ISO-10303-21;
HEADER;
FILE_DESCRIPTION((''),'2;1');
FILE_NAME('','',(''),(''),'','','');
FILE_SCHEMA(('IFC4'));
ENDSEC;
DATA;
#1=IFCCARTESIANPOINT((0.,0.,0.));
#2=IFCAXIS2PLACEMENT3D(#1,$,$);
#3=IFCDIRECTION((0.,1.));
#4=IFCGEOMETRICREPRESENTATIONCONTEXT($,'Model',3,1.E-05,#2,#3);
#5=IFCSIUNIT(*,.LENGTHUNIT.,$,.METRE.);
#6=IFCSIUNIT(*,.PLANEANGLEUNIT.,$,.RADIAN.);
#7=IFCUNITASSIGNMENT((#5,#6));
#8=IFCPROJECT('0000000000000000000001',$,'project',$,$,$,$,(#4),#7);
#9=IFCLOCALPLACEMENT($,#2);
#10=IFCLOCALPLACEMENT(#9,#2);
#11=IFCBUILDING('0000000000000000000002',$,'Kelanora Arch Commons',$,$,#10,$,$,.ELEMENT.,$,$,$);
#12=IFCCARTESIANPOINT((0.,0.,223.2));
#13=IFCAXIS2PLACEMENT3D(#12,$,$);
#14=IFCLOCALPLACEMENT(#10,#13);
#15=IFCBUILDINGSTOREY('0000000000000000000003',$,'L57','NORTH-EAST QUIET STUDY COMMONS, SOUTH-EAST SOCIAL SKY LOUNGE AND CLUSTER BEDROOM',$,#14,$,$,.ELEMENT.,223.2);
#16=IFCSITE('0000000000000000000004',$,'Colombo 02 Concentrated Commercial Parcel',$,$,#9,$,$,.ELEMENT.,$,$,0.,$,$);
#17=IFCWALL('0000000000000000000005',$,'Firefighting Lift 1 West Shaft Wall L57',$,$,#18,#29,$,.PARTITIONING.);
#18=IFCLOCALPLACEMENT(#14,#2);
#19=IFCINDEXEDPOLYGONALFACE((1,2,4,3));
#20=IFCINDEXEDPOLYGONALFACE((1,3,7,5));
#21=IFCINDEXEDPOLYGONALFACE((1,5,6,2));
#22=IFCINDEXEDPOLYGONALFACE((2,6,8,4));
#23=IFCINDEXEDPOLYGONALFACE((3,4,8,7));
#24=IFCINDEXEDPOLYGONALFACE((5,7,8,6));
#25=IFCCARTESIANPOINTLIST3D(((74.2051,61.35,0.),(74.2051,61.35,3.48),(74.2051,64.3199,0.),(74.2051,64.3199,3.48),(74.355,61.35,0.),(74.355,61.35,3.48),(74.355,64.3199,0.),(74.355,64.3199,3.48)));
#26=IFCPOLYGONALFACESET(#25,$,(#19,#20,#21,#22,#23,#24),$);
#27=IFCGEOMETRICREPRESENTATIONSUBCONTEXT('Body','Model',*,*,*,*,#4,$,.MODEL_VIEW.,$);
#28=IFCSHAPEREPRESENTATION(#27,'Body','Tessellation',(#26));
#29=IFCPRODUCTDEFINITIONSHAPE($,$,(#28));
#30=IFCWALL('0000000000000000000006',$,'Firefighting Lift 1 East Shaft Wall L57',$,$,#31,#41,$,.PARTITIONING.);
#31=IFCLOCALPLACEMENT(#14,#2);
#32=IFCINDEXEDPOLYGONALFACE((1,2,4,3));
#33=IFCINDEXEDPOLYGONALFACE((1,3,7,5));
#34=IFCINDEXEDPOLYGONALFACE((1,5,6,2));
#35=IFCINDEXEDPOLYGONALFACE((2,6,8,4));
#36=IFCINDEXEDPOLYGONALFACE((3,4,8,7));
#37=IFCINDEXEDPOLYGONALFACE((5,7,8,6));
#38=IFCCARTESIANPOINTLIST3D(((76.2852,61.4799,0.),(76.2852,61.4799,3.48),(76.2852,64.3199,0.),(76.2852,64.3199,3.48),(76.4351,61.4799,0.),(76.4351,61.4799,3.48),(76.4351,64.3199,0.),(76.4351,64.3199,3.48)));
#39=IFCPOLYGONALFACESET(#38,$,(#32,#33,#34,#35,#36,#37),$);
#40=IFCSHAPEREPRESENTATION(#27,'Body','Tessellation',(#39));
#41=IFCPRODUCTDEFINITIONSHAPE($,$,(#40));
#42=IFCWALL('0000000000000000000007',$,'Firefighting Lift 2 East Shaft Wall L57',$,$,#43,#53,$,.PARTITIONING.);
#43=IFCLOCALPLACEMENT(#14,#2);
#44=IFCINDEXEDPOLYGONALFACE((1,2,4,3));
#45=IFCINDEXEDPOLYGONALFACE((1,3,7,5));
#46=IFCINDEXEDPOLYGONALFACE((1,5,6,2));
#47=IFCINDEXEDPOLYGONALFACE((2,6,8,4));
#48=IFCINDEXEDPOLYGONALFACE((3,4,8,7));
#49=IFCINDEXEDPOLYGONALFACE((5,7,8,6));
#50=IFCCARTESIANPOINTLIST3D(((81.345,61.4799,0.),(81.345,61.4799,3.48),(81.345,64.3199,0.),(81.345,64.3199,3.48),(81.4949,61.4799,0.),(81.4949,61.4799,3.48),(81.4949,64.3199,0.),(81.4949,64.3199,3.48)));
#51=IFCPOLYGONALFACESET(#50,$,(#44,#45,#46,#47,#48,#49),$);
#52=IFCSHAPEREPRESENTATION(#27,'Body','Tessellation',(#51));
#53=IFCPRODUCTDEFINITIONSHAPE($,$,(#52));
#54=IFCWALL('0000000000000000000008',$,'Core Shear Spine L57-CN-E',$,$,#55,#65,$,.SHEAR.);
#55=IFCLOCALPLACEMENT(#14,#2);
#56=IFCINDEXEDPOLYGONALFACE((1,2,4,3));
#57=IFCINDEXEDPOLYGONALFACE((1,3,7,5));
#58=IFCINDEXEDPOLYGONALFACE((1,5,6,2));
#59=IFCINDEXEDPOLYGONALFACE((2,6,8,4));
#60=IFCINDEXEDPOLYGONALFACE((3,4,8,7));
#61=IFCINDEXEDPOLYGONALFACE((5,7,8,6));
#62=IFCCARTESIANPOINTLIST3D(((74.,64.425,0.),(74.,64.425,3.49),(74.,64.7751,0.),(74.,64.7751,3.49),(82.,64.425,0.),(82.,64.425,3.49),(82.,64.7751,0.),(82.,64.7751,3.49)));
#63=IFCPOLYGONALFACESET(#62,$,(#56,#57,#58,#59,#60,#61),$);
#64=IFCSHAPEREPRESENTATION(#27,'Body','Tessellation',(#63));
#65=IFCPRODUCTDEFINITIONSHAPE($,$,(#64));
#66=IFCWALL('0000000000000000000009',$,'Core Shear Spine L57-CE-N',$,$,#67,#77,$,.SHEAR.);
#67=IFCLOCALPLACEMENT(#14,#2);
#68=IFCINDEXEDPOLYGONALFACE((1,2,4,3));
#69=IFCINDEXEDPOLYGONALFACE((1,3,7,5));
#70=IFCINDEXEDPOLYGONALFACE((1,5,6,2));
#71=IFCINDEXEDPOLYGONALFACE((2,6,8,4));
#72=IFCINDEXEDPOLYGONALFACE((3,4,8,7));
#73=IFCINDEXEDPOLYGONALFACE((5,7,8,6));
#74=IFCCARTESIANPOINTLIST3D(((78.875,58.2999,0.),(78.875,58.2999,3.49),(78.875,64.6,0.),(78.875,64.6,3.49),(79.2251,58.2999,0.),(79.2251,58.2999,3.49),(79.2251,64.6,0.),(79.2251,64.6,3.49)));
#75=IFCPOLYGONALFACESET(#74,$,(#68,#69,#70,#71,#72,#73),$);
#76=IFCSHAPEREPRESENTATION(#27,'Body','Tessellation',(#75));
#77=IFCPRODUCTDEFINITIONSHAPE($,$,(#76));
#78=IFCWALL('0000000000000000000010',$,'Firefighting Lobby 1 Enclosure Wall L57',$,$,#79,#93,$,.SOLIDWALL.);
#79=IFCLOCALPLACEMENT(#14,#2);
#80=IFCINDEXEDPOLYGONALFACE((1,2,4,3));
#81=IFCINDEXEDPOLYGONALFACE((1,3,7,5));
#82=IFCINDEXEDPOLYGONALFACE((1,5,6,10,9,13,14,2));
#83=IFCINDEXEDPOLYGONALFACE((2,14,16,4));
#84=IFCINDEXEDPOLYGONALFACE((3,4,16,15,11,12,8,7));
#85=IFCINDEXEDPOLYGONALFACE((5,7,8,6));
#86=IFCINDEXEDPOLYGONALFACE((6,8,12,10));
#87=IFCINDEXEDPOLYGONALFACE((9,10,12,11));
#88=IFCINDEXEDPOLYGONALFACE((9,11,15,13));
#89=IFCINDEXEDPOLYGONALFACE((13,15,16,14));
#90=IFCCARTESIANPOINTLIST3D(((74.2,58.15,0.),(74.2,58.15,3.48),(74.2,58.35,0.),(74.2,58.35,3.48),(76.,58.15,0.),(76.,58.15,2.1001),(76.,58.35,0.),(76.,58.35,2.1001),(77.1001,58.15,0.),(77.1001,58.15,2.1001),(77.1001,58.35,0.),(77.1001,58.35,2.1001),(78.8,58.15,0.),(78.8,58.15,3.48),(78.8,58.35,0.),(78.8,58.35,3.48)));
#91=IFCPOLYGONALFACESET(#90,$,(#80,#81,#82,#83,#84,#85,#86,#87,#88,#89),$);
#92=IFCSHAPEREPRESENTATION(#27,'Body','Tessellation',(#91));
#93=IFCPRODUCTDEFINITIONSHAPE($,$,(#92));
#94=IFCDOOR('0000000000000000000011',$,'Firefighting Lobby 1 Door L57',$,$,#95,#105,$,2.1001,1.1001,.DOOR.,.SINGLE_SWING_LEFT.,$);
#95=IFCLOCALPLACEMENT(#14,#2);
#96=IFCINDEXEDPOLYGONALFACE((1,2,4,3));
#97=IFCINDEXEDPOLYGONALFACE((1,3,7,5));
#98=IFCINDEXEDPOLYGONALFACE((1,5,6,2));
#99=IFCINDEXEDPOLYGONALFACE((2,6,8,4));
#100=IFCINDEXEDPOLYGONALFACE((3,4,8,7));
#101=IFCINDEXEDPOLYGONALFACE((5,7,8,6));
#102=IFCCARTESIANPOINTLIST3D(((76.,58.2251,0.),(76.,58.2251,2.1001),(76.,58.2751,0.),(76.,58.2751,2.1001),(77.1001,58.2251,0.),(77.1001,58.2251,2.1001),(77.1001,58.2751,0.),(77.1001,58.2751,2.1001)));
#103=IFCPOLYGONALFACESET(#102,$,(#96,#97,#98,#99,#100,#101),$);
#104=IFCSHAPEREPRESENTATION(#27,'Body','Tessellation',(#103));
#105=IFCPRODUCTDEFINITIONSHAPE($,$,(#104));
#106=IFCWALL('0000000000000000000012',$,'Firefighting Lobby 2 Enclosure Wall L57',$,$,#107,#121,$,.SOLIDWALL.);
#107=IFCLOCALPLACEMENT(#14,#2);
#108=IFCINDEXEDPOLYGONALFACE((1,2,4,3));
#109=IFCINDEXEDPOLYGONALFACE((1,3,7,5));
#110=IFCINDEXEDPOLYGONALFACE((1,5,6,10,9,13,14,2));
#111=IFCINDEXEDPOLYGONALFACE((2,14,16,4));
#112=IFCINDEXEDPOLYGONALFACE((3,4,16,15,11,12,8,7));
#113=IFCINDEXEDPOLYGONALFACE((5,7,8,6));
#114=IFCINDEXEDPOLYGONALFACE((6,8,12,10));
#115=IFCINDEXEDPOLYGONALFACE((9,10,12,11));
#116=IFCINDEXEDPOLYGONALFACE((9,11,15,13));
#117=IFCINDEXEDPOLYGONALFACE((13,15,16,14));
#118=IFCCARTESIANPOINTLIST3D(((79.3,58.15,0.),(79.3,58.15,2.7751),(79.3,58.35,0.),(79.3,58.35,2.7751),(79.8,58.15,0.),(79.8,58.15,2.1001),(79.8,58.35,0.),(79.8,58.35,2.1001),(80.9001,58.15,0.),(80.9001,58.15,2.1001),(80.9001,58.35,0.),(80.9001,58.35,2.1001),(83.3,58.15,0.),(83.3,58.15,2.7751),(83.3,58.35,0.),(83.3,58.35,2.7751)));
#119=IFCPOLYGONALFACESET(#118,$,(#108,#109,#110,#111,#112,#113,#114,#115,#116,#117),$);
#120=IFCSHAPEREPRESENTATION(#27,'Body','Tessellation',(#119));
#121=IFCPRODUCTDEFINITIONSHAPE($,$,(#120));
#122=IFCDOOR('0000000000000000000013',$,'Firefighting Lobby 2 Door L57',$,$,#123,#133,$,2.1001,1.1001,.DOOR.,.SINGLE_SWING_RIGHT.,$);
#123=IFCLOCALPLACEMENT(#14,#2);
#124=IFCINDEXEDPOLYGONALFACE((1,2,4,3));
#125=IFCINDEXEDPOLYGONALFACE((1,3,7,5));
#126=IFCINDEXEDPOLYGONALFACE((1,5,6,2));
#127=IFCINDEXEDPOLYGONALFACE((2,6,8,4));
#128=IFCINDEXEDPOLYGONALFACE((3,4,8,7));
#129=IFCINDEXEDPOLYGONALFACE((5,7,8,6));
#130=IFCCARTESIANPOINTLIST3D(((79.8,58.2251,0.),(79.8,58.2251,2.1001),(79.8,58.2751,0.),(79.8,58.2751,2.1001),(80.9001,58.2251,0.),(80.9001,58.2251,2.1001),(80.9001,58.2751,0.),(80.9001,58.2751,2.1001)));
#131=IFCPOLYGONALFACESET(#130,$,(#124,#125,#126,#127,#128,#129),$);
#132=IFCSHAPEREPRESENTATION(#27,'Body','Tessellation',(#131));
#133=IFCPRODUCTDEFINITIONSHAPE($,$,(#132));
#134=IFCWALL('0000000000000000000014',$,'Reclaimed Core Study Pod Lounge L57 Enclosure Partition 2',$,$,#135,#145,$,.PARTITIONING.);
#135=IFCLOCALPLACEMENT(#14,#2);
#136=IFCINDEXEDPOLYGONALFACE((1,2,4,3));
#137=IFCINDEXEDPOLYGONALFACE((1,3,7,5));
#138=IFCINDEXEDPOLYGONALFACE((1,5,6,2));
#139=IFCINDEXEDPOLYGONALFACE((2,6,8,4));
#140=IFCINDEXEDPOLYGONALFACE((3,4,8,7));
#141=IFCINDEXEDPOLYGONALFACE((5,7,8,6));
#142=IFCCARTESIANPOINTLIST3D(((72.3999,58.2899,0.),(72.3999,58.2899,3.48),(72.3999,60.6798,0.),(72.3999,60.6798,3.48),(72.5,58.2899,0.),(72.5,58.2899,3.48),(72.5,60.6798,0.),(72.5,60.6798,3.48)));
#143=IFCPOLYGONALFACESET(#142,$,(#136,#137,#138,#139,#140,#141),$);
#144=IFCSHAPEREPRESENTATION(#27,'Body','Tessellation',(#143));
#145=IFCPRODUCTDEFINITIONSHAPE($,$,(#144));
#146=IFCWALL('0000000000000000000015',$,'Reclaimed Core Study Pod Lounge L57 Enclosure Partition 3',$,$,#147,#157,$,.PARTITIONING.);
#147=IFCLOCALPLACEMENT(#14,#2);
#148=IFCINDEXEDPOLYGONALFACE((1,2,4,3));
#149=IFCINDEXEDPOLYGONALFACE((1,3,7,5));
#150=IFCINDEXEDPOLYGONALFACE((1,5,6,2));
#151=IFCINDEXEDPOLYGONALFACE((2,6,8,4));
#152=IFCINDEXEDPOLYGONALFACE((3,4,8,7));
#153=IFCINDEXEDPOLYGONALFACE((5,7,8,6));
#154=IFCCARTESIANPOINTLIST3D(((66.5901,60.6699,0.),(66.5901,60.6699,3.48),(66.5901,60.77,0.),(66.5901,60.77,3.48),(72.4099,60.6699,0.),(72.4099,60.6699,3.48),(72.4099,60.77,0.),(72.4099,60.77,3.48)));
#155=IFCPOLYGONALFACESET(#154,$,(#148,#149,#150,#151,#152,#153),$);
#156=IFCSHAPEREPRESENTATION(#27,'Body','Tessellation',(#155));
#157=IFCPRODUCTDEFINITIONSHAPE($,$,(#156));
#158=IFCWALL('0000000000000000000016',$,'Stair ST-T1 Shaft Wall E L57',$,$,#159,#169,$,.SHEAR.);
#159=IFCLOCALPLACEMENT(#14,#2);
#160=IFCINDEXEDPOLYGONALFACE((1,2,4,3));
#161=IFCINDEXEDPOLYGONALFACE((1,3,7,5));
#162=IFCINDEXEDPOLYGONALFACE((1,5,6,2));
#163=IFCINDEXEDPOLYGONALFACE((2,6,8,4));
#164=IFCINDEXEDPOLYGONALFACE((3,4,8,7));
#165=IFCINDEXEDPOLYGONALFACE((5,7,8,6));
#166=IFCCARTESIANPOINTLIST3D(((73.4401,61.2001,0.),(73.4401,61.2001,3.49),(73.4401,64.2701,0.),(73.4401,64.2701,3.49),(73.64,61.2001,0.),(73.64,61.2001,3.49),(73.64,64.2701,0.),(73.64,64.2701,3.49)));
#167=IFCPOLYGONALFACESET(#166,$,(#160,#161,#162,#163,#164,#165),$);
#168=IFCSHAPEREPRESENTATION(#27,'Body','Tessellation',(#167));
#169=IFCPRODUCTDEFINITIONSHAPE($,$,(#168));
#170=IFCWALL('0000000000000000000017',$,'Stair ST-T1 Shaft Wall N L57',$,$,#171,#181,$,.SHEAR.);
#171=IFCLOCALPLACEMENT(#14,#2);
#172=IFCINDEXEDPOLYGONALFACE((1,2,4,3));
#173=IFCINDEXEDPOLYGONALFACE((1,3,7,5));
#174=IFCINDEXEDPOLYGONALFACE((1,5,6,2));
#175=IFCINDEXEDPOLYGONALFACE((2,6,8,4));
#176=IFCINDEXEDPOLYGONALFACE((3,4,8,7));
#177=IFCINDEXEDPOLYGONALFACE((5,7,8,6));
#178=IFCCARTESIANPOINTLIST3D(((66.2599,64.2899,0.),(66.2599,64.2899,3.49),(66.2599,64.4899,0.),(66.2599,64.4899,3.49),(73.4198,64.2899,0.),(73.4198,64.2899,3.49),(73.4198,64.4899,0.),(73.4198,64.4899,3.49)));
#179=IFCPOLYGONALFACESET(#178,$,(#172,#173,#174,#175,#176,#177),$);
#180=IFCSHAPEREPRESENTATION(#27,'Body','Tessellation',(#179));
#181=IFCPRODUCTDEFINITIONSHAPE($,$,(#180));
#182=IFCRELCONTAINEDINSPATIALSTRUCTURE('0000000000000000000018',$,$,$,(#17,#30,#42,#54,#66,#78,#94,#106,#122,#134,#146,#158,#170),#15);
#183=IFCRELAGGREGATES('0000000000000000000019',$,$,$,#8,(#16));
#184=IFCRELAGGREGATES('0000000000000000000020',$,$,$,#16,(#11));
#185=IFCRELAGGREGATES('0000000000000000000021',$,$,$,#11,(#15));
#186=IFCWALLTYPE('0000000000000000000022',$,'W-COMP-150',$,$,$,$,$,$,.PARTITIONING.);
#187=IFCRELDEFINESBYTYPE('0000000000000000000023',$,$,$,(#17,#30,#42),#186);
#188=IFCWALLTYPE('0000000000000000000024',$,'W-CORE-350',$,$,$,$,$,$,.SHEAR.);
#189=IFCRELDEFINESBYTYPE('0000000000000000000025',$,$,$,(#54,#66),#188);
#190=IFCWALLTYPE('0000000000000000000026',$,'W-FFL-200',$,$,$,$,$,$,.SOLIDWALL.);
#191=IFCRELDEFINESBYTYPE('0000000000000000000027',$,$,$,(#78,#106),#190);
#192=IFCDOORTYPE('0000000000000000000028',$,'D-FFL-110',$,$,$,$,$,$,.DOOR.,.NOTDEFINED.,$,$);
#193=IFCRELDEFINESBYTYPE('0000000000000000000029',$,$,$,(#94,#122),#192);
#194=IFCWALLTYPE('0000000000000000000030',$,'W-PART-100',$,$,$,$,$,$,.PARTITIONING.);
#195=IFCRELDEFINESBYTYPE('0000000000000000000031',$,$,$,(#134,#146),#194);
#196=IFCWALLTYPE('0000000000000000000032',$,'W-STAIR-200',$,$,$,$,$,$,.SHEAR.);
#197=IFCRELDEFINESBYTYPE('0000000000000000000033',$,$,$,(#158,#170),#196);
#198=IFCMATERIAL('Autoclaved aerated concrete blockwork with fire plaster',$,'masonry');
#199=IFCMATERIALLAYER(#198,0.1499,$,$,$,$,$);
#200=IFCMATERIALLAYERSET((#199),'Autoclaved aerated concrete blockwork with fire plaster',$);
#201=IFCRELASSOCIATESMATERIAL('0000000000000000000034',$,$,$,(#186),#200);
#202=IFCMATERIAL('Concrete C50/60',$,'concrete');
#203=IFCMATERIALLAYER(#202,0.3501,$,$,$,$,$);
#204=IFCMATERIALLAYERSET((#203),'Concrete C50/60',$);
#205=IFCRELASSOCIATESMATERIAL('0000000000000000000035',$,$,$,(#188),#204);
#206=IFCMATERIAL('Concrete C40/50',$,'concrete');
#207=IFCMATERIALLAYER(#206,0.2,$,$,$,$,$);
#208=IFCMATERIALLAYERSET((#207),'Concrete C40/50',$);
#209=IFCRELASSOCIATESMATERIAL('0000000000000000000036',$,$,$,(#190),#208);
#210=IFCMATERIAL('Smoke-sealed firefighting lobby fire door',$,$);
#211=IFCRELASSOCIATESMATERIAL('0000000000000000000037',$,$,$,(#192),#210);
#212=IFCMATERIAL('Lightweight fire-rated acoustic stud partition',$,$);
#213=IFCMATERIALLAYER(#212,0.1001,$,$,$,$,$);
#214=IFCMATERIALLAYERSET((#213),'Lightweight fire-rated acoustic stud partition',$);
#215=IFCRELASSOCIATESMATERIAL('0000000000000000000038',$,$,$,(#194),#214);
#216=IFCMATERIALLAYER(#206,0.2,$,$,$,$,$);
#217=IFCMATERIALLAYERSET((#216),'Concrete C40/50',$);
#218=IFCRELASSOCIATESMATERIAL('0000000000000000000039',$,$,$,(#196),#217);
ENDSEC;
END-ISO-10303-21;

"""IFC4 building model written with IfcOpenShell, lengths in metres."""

from ifc_helpers import new_model, si_unit, direction, frame, frame_2d, origin, place, context, subcontext, project, spatial, rectangle, extrude, material, layer, layer_set, type_object, element, fill, save


model = new_model("IFC4")

# Units and contexts
model_context = context("Model", 3, precision=1e-05, world=origin(), true_north=direction((0.0, 1.0)))
body_context = subcontext(model_context, "Body", "Model", "MODEL_VIEW")
ifc_project = project(units=[si_unit("LENGTHUNIT", "METRE"), si_unit("PLANEANGLEUNIT", "RADIAN")], contexts=[model_context])

# Site, building, storey
site_placement = place(None, origin())
site = spatial("IfcSite", under=ifc_project, at=site_placement, Name="Colombo 02 Concentrated Commercial Parcel", CompositionType="ELEMENT", RefElevation=0.0)
building_placement = place(site_placement, origin())
building = spatial("IfcBuilding", under=site, at=building_placement, Name="Kelanora Arch Commons", CompositionType="ELEMENT")
storey_placement = place(building_placement, frame((0.0, 0.0, 223.2)))
storey = spatial("IfcBuildingStorey", under=building, at=storey_placement, Name="L57", Description="NORTH-EAST QUIET STUDY COMMONS, SOUTH-EAST SOCIAL SKY LOUNGE AND CLUSTER BEDROOM", CompositionType="ELEMENT", Elevation=223.2)

# Shared definitions
ifc_material_1 = material(Name="Concrete C50/60", Category="concrete")

# Walls
ifc_material_2 = material(Name="Autoclaved aerated concrete blockwork with fire plaster", Category="masonry")
ifc_layer_1 = layer(ifc_material_2, 0.1499)
ifc_layer_set_1 = layer_set([ifc_layer_1], Name="Autoclaved aerated concrete blockwork with fire plaster")
wall_type_1 = type_object("IfcWallType", Name="W-COMP-150", PredefinedType="PARTITIONING", material=ifc_layer_set_1)
wall_1_placement = place(storey_placement, frame((74.28, 61.3501, 0.0), z_axis=(0.0, 0.0, 1.0), x_axis=(0.0, 1.0, 0.0)))
element("IfcWall", 1, at=wall_1_placement, inside=storey, type_object=wall_type_1, Name="Firefighting Lift 1 West Shaft Wall L57", PredefinedType="PARTITIONING", context=body_context, shape_type="SweptSolid", body=[
    extrude(rectangle(XDim=2.97, YDim=0.1499, at=frame_2d((1.4849, 0.0))), origin(), (0.0, 0.0, 1.0), 3.48),
])
for number, where, z_axis, x_axis, name in (
    (2, (76.3601, 61.48, 0.0), (0.0, 0.0, 1.0), (0.0, 1.0, 0.0), "Firefighting Lift 1 East Shaft Wall L57"),
    (3, (81.4199, 61.48, 0.0), (0.0, 0.0, 1.0), (0.0, 1.0, 0.0), "Firefighting Lift 2 East Shaft Wall L57"),
):
    element("IfcWall", number, at=place(storey_placement, frame(where, z_axis=z_axis, x_axis=x_axis)), inside=storey, type_object=wall_type_1, Name=name, PredefinedType="PARTITIONING", context=body_context, shape_type="SweptSolid", body=[
        extrude(rectangle(XDim=2.8401, YDim=0.1499, at=frame_2d((1.4199, 0.0))), origin(), (0.0, 0.0, 1.0), 3.48),
    ])
ifc_layer_2 = layer(ifc_material_1, 0.3501)
ifc_layer_set_2 = layer_set([ifc_layer_2], Name="Concrete C50/60")
wall_type_2 = type_object("IfcWallType", Name="W-CORE-350", PredefinedType="SHEAR", material=ifc_layer_set_2)
wall_2_placement = place(storey_placement, frame((74.0, 64.6001, 0.0), z_axis=(0.0, 0.0, 1.0), x_axis=(1.0, 0.0, 0.0)))
element("IfcWall", 4, at=wall_2_placement, inside=storey, type_object=wall_type_2, Name="Core Shear Spine L57-CN-E", PredefinedType="SHEAR", context=body_context, shape_type="SweptSolid", body=[
    extrude(rectangle(XDim=8.0, YDim=0.3501, at=frame_2d((4.0, 0.0))), origin(), (0.0, 0.0, 1.0), 3.49),
])
wall_3_placement = place(storey_placement, frame((79.05, 58.3, 0.0), z_axis=(0.0, 0.0, 1.0), x_axis=(0.0, 1.0, 0.0)))
element("IfcWall", 5, at=wall_3_placement, inside=storey, type_object=wall_type_2, Name="Core Shear Spine L57-CE-N", PredefinedType="SHEAR", context=body_context, shape_type="SweptSolid", body=[
    extrude(rectangle(XDim=6.3, YDim=0.3501, at=frame_2d((3.1499, 0.0))), origin(), (0.0, 0.0, 1.0), 3.49),
])

# Walls, openings, doors
ifc_material_3 = material(Name="Concrete C40/50", Category="concrete")
ifc_layer_3 = layer(ifc_material_3, 0.2)
ifc_layer_set_3 = layer_set([ifc_layer_3], Name="Concrete C40/50")
wall_type_3 = type_object("IfcWallType", Name="W-FFL-200", PredefinedType="SOLIDWALL", material=ifc_layer_set_3)
wall_4_placement = place(storey_placement, frame((74.2, 58.25, 0.0), z_axis=(0.0, 0.0, 1.0), x_axis=(1.0, 0.0, 0.0)))
wall_4 = element("IfcWall", 6, at=wall_4_placement, inside=storey, type_object=wall_type_3, Name="Firefighting Lobby 1 Enclosure Wall L57", PredefinedType="SOLIDWALL", context=body_context, shape_type="SweptSolid", body=[
    extrude(rectangle(XDim=4.6001, YDim=0.2, at=frame_2d((2.3, 0.0))), origin(), (0.0, 0.0, 1.0), 3.48),
])
opening_1_placement = place(wall_4_placement, frame((1.8, 0.0, 0.0)))
opening_1 = element("IfcOpeningElement", 7, at=opening_1_placement, cuts=wall_4, PredefinedType="OPENING", context=body_context, shape_type="SweptSolid", body=[
    extrude(rectangle(XDim=1.1001, YDim=2.1001, at=frame_2d((0.55, 1.05))), frame((0.0, 0.1099, 0.0), z_axis=(0.0, -1.0, 0.0), x_axis=(1.0, 0.0, 0.0)), (0.0, 0.0, 1.0), 0.22),
])
ifc_material_4 = material(Name="Smoke-sealed firefighting lobby fire door")
door_type_1 = type_object("IfcDoorType", Name="D-FFL-110", OperationType="NOTDEFINED", PredefinedType="DOOR", material=ifc_material_4)
door_1_placement = place(opening_1_placement, frame((1.1001, 0.0, 0.0), z_axis=(0.0, 0.0, 1.0), x_axis=(-1.0, 0.0, 0.0)))
door_1 = element("IfcDoor", 8, at=door_1_placement, inside=storey, type_object=door_type_1, Name="Firefighting Lobby 1 Door L57", OperationType="SINGLE_SWING_LEFT", OverallHeight=2.1001, OverallWidth=1.1001, PredefinedType="DOOR", context=body_context, shape_type="SweptSolid", body=[
    extrude(rectangle(XDim=1.1001, YDim=2.1001, at=frame_2d((0.55, 1.05))), frame((0.0, 0.0249, 0.0), z_axis=(0.0, -1.0, 0.0), x_axis=(1.0, 0.0, 0.0)), (0.0, 0.0, 1.0), 0.05),
])
fill(opening_1, door_1)
wall_5_placement = place(storey_placement, frame((79.3, 58.25, 0.0), z_axis=(0.0, 0.0, 1.0), x_axis=(1.0, 0.0, 0.0)))
wall_5 = element("IfcWall", 9, at=wall_5_placement, inside=storey, type_object=wall_type_3, Name="Firefighting Lobby 2 Enclosure Wall L57", PredefinedType="SOLIDWALL", context=body_context, shape_type="SweptSolid", body=[
    extrude(rectangle(XDim=4.0, YDim=0.2, at=frame_2d((2.0, 0.0))), origin(), (0.0, 0.0, 1.0), 2.7751),
])
opening_2_placement = place(wall_5_placement, frame((0.5, 0.0, 0.0)))
opening_2 = element("IfcOpeningElement", 10, at=opening_2_placement, cuts=wall_5, PredefinedType="OPENING", context=body_context, shape_type="SweptSolid", body=[
    extrude(rectangle(XDim=1.1001, YDim=2.1001, at=frame_2d((0.55, 1.05))), frame((0.0, 0.1099, 0.0), z_axis=(0.0, -1.0, 0.0), x_axis=(1.0, 0.0, 0.0)), (0.0, 0.0, 1.0), 0.22),
])
door_2_placement = place(opening_2_placement, frame((1.1001, 0.0, 0.0), z_axis=(0.0, 0.0, 1.0), x_axis=(-1.0, 0.0, 0.0)))
door_2 = element("IfcDoor", 11, at=door_2_placement, inside=storey, type_object=door_type_1, Name="Firefighting Lobby 2 Door L57", OperationType="SINGLE_SWING_RIGHT", OverallHeight=2.1001, OverallWidth=1.1001, PredefinedType="DOOR", context=body_context, shape_type="SweptSolid", body=[
    extrude(rectangle(XDim=1.1001, YDim=2.1001, at=frame_2d((0.55, 1.05))), frame((0.0, 0.0249, 0.0), z_axis=(0.0, -1.0, 0.0), x_axis=(1.0, 0.0, 0.0)), (0.0, 0.0, 1.0), 0.05),
])
fill(opening_2, door_2)

# Walls
ifc_material_5 = material(Name="Lightweight fire-rated acoustic stud partition")
ifc_layer_4 = layer(ifc_material_5, 0.1001)
ifc_layer_set_4 = layer_set([ifc_layer_4], Name="Lightweight fire-rated acoustic stud partition")
wall_type_4 = type_object("IfcWallType", Name="W-PART-100", PredefinedType="PARTITIONING", material=ifc_layer_set_4)
wall_6_placement = place(storey_placement, frame((72.45, 58.29, 0.0), z_axis=(0.0, 0.0, 1.0), x_axis=(0.0, 1.0, 0.0)))
element("IfcWall", 12, at=wall_6_placement, inside=storey, type_object=wall_type_4, Name="Reclaimed Core Study Pod Lounge L57 Enclosure Partition 2", PredefinedType="PARTITIONING", context=body_context, shape_type="SweptSolid", body=[
    extrude(rectangle(XDim=2.3899, YDim=0.1001, at=frame_2d((1.1948, 0.0))), origin(), (0.0, 0.0, 1.0), 3.48),
])
wall_7_placement = place(storey_placement, frame((72.4099, 60.72, 0.0), z_axis=(0.0, 0.0, 1.0), x_axis=(-1.0, 0.0, 0.0)))
element("IfcWall", 13, at=wall_7_placement, inside=storey, type_object=wall_type_4, Name="Reclaimed Core Study Pod Lounge L57 Enclosure Partition 3", PredefinedType="PARTITIONING", context=body_context, shape_type="SweptSolid", body=[
    extrude(rectangle(XDim=5.8198, YDim=0.1001, at=frame_2d((2.9099, 0.0))), origin(), (0.0, 0.0, 1.0), 3.48),
])
ifc_layer_5 = layer(ifc_material_3, 0.2)
ifc_layer_set_5 = layer_set([ifc_layer_5], Name="Concrete C40/50")
wall_type_5 = type_object("IfcWallType", Name="W-STAIR-200", PredefinedType="SHEAR", material=ifc_layer_set_5)
wall_8_placement = place(storey_placement, frame((73.54, 61.2, 0.0), z_axis=(0.0, 0.0, 1.0), x_axis=(0.0, 1.0, 0.0)))
element("IfcWall", 14, at=wall_8_placement, inside=storey, type_object=wall_type_5, Name="Stair ST-T1 Shaft Wall E L57", PredefinedType="SHEAR", context=body_context, shape_type="SweptSolid", body=[
    extrude(rectangle(XDim=3.0701, YDim=0.2, at=frame_2d((1.5352, 0.0))), origin(), (0.0, 0.0, 1.0), 3.49),
])
wall_9_placement = place(storey_placement, frame((73.4199, 64.3899, 0.0), z_axis=(0.0, 0.0, 1.0), x_axis=(-1.0, 0.0, 0.0)))
element("IfcWall", 15, at=wall_9_placement, inside=storey, type_object=wall_type_5, Name="Stair ST-T1 Shaft Wall N L57", PredefinedType="SHEAR", context=body_context, shape_type="SweptSolid", body=[
    extrude(rectangle(XDim=7.1599, YDim=0.2, at=frame_2d((3.5801, 0.0))), origin(), (0.0, 0.0, 1.0), 3.49),
])

save(model, "model.ifc")
